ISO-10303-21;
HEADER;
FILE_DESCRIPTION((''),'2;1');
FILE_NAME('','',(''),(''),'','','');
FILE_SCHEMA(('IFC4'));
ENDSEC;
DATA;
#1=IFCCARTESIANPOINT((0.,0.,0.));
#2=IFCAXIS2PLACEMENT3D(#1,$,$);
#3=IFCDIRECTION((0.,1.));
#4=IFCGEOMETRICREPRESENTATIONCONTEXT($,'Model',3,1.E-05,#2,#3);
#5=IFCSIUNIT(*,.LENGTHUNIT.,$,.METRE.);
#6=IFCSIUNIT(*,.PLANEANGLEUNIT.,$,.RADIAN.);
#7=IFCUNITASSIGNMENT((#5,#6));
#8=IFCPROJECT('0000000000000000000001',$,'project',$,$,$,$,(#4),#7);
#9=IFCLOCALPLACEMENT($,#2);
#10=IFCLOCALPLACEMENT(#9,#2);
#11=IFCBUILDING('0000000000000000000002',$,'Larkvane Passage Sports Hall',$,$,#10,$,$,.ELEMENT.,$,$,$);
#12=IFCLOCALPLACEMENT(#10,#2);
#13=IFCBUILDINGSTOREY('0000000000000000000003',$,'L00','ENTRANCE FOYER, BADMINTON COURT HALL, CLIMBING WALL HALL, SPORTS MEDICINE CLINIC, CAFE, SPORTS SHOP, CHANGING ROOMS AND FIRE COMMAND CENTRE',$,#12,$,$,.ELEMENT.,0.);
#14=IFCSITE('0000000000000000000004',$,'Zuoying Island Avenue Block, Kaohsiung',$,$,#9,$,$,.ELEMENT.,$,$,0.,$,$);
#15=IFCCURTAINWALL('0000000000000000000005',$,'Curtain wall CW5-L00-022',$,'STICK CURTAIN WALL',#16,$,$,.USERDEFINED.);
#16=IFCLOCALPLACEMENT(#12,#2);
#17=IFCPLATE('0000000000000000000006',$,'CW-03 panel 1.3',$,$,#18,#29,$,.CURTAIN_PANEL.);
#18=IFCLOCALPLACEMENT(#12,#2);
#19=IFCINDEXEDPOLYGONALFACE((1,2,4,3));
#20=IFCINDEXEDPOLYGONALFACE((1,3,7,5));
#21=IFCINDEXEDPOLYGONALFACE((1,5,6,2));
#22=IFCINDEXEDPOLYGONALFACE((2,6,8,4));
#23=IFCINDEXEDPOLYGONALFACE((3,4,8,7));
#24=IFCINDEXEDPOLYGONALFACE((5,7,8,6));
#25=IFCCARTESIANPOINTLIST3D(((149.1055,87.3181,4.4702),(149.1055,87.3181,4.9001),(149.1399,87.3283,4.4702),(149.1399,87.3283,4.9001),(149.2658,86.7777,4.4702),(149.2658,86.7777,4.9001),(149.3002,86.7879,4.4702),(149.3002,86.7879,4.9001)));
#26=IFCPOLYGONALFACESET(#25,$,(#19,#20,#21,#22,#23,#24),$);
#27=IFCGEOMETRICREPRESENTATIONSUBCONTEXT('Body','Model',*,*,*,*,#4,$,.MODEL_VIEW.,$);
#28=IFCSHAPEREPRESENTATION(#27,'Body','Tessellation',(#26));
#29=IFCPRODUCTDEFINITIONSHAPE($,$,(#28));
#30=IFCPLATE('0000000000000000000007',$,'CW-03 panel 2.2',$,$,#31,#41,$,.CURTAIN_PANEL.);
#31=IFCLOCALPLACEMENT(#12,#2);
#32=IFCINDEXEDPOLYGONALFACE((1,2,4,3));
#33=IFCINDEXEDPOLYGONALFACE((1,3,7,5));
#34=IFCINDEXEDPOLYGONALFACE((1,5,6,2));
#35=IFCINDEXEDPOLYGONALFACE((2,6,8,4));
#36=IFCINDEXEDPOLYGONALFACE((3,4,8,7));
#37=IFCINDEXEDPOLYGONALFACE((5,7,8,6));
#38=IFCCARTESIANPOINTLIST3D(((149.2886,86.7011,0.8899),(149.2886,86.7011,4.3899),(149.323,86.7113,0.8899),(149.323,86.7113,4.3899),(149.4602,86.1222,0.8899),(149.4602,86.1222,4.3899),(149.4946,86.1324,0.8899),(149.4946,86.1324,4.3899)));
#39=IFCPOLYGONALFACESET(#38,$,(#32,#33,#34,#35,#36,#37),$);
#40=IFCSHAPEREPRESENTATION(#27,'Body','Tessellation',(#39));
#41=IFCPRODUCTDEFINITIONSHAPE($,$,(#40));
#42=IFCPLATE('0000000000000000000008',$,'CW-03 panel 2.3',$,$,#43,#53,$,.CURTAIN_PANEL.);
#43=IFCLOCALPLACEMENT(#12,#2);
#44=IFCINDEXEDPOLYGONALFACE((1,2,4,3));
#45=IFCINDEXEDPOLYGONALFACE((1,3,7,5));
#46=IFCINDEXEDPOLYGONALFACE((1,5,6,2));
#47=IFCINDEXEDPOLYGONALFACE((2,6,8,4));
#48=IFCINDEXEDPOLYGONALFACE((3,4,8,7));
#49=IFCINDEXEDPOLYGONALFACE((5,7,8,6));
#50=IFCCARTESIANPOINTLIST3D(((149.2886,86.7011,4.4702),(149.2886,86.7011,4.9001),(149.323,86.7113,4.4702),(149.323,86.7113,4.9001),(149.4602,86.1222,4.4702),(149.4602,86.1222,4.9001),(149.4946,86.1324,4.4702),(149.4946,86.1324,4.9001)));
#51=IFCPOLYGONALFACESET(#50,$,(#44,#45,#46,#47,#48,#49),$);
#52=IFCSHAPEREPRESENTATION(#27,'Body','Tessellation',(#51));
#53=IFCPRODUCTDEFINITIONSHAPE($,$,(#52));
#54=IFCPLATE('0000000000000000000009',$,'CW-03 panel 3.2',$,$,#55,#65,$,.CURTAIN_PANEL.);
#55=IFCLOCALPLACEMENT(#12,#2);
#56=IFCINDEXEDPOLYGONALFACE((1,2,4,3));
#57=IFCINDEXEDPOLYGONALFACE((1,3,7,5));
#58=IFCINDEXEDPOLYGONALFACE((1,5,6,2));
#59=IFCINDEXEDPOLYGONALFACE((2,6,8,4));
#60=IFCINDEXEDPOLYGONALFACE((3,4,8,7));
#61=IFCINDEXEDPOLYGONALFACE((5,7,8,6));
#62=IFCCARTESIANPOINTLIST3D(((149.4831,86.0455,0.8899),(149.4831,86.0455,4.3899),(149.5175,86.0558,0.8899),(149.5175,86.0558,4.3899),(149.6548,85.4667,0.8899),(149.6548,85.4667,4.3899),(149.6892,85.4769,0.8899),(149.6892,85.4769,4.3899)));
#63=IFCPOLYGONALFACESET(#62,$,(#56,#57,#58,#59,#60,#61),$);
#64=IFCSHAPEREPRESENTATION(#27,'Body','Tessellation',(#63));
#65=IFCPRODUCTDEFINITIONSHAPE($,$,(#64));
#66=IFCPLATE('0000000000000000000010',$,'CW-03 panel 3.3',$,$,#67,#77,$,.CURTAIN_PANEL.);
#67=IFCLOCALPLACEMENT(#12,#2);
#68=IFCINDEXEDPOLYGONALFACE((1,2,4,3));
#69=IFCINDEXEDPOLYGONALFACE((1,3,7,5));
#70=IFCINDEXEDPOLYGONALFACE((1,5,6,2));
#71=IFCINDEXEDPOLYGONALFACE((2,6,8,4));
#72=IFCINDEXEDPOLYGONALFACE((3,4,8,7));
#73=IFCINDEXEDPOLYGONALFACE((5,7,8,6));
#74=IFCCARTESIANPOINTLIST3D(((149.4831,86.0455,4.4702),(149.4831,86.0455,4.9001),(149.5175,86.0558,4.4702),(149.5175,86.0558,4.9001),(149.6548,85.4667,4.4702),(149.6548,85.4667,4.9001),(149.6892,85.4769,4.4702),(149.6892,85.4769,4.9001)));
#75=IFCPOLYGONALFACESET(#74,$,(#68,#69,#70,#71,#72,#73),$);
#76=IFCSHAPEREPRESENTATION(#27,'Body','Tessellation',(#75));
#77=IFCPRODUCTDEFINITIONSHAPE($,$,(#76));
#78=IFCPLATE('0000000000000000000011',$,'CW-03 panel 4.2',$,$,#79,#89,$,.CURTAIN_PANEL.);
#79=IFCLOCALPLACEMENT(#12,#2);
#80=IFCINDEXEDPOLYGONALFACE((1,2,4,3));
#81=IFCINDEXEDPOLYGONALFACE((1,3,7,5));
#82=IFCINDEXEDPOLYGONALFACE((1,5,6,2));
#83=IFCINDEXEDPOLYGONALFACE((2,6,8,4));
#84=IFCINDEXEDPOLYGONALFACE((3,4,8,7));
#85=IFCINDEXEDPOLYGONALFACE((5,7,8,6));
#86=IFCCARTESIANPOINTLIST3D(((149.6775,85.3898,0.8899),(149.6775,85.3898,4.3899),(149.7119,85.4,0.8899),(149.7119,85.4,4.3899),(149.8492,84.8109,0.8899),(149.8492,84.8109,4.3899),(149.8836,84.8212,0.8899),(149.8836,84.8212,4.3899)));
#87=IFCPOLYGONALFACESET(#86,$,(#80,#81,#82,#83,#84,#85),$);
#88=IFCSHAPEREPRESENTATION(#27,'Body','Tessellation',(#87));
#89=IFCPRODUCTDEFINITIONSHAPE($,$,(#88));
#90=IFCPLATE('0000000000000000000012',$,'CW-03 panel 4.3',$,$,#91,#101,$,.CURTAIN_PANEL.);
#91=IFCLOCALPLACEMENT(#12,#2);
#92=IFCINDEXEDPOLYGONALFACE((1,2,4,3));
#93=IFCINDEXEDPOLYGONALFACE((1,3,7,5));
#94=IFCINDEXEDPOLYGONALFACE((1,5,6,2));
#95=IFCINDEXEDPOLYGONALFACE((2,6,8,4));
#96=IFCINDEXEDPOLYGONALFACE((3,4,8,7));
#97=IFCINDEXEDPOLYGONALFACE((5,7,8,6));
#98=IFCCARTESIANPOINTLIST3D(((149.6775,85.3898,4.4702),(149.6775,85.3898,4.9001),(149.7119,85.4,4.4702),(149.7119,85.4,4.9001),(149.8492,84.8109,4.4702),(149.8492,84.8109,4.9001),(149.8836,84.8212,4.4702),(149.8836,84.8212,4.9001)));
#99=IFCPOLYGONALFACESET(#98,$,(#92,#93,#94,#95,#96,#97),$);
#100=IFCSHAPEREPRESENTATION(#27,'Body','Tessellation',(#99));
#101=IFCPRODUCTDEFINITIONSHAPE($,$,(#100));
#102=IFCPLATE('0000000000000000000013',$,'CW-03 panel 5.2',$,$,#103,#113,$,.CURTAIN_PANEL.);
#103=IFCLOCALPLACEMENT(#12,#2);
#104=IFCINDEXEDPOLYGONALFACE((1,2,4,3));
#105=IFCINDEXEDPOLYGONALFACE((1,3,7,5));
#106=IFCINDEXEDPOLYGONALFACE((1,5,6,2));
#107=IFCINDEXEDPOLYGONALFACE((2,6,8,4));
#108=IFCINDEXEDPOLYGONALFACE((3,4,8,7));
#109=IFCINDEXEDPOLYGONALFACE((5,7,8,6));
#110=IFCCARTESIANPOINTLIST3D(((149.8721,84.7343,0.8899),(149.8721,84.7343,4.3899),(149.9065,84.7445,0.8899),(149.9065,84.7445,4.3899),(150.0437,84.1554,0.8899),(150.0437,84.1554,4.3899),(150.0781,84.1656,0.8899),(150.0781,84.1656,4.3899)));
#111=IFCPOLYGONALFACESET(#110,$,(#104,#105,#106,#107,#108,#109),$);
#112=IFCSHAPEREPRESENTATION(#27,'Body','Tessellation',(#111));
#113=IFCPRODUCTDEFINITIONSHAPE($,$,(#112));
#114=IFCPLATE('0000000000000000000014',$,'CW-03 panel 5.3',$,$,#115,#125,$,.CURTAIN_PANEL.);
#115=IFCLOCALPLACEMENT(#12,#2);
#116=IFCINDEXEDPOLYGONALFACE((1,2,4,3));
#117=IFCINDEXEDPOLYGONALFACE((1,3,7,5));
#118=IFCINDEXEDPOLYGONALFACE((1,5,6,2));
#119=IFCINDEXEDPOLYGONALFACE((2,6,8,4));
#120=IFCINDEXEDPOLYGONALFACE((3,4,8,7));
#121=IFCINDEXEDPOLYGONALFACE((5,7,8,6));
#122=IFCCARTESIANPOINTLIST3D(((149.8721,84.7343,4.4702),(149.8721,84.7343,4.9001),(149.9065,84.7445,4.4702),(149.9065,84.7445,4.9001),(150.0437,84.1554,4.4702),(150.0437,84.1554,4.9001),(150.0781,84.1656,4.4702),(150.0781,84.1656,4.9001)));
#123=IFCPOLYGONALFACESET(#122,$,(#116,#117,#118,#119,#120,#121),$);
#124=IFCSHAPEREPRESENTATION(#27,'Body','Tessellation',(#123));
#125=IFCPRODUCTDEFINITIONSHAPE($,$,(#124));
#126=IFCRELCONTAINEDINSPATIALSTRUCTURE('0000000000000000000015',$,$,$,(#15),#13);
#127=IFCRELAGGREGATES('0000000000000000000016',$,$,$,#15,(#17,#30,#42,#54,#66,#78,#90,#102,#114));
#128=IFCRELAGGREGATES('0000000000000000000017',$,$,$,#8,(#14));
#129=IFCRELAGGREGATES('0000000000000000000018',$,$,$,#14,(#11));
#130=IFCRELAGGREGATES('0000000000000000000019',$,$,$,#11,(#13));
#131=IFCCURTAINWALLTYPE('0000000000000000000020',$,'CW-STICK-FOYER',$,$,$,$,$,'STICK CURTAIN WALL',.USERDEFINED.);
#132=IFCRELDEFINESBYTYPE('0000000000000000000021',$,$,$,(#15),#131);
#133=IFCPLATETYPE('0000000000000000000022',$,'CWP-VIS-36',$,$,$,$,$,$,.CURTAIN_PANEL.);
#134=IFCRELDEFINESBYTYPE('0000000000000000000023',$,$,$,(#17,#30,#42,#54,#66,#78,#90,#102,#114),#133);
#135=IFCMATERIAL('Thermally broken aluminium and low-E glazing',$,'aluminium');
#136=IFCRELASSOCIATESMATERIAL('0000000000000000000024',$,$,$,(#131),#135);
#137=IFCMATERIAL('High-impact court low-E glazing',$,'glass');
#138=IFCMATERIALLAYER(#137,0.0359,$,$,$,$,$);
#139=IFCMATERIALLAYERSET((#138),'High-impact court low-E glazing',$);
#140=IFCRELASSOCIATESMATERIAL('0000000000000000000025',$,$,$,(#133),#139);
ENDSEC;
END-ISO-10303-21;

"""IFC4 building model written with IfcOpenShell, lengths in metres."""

from ifc_helpers import new_model, si_unit, direction, frame, origin, origin_2d, place, context, subcontext, project, spatial, rectangle, extrude, material, layer, layer_set, type_object, element, aggregate, save


model = new_model("IFC4")

# Units and contexts
model_context = context("Model", 3, precision=1e-05, world=origin(), true_north=direction((0.0, 1.0)))
body_context = subcontext(model_context, "Body", "Model", "MODEL_VIEW")
ifc_project = project(units=[si_unit("LENGTHUNIT", "METRE"), si_unit("PLANEANGLEUNIT", "RADIAN")], contexts=[model_context])

# Site, building, storey
site_placement = place(None, origin())
site = spatial("IfcSite", under=ifc_project, at=site_placement, Name="Zuoying Island Avenue Block, Kaohsiung", CompositionType="ELEMENT", RefElevation=0.0)
building_placement = place(site_placement, origin())
building = spatial("IfcBuilding", under=site, at=building_placement, Name="Larkvane Passage Sports Hall", CompositionType="ELEMENT")
storey_placement = place(building_placement, origin())
storey = spatial("IfcBuildingStorey", under=building, at=storey_placement, Name="L00", Description="ENTRANCE FOYER, BADMINTON COURT HALL, CLIMBING WALL HALL, SPORTS MEDICINE CLINIC, CAFE, SPORTS SHOP, CHANGING ROOMS AND FIRE COMMAND CENTRE", CompositionType="ELEMENT", Elevation=0.0)

# Curtain wall, plates
ifc_material_1 = material(Name="Thermally broken aluminium and low-E glazing", Category="aluminium")
curtain_wall_type = type_object("IfcCurtainWallType", Name="CW-STICK-FOYER", ElementType="STICK CURTAIN WALL", PredefinedType="USERDEFINED", material=ifc_material_1)
curtain_wall_placement = place(storey_placement, origin())
curtain_wall = element("IfcCurtainWall", 1, at=curtain_wall_placement, inside=storey, type_object=curtain_wall_type, Name="Curtain wall CW5-L00-022", ObjectType="STICK CURTAIN WALL", PredefinedType="USERDEFINED")
ifc_material_2 = material(Name="High-impact court low-E glazing", Category="glass")
ifc_layer = layer(ifc_material_2, 0.0359)
ifc_layer_set = layer_set([ifc_layer], Name="High-impact court low-E glazing")
plate_type = type_object("IfcPlateType", Name="CWP-VIS-36", PredefinedType="CURTAIN_PANEL", material=ifc_layer_set)
plate_1_placement = place(storey_placement, frame((149.2029, 87.053, 4.4702), z_axis=(0.0, 0.0, 1.0), x_axis=(0.284365, -0.958716, 0.0)))
plate_1 = element("IfcPlate", 2, at=plate_1_placement, type_object=plate_type, Name="CW-03 panel 1.3", PredefinedType="CURTAIN_PANEL", context=body_context, shape_type="SweptSolid", body=[
    extrude(rectangle(XDim=0.5637, YDim=0.0359, at=origin_2d()), origin(), (0.0, 0.0, 1.0), 0.4299),
])
plate_2_placement = place(storey_placement, frame((149.3916, 86.4167, 0.8899), z_axis=(0.0, 0.0, 1.0), x_axis=(0.284365, -0.958716, 0.0)))
plate_2 = element("IfcPlate", 3, at=plate_2_placement, type_object=plate_type, Name="CW-03 panel 2.2", PredefinedType="CURTAIN_PANEL", context=body_context, shape_type="SweptSolid", body=[
    extrude(rectangle(XDim=0.6038, YDim=0.0359, at=origin_2d()), origin(), (0.0, 0.0, 1.0), 3.5),
])
plate_3_placement = place(storey_placement, frame((149.3916, 86.4167, 4.4702), z_axis=(0.0, 0.0, 1.0), x_axis=(0.284365, -0.958716, 0.0)))
plate_3 = element("IfcPlate", 4, at=plate_3_placement, type_object=plate_type, Name="CW-03 panel 2.3", PredefinedType="CURTAIN_PANEL", context=body_context, shape_type="SweptSolid", body=[
    extrude(rectangle(XDim=0.6038, YDim=0.0359, at=origin_2d()), origin(), (0.0, 0.0, 1.0), 0.4299),
])
plate_4_placement = place(storey_placement, frame((149.5862, 85.7612, 0.8899), z_axis=(0.0, 0.0, 1.0), x_axis=(0.284365, -0.958716, 0.0)))
plate_4 = element("IfcPlate", 5, at=plate_4_placement, type_object=plate_type, Name="CW-03 panel 3.2", PredefinedType="CURTAIN_PANEL", context=body_context, shape_type="SweptSolid", body=[
    extrude(rectangle(XDim=0.6038, YDim=0.0359, at=origin_2d()), origin(), (0.0, 0.0, 1.0), 3.5),
])
plate_5_placement = place(storey_placement, frame((149.5862, 85.7612, 4.4702), z_axis=(0.0, 0.0, 1.0), x_axis=(0.284365, -0.958716, 0.0)))
plate_5 = element("IfcPlate", 6, at=plate_5_placement, type_object=plate_type, Name="CW-03 panel 3.3", PredefinedType="CURTAIN_PANEL", context=body_context, shape_type="SweptSolid", body=[
    extrude(rectangle(XDim=0.6038, YDim=0.0359, at=origin_2d()), origin(), (0.0, 0.0, 1.0), 0.4299),
])
plate_6_placement = place(storey_placement, frame((149.7805, 85.1055, 0.8899), z_axis=(0.0, 0.0, 1.0), x_axis=(0.284365, -0.958716, 0.0)))
plate_6 = element("IfcPlate", 7, at=plate_6_placement, type_object=plate_type, Name="CW-03 panel 4.2", PredefinedType="CURTAIN_PANEL", context=body_context, shape_type="SweptSolid", body=[
    extrude(rectangle(XDim=0.6038, YDim=0.0359, at=origin_2d()), origin(), (0.0, 0.0, 1.0), 3.5),
])
plate_7_placement = place(storey_placement, frame((149.7805, 85.1055, 4.4702), z_axis=(0.0, 0.0, 1.0), x_axis=(0.284365, -0.958716, 0.0)))
plate_7 = element("IfcPlate", 8, at=plate_7_placement, type_object=plate_type, Name="CW-03 panel 4.3", PredefinedType="CURTAIN_PANEL", context=body_context, shape_type="SweptSolid", body=[
    extrude(rectangle(XDim=0.6038, YDim=0.0359, at=origin_2d()), origin(), (0.0, 0.0, 1.0), 0.4299),
])
plate_8_placement = place(storey_placement, frame((149.9751, 84.45, 0.8899), z_axis=(0.0, 0.0, 1.0), x_axis=(0.284365, -0.958716, 0.0)))
plate_8 = element("IfcPlate", 9, at=plate_8_placement, type_object=plate_type, Name="CW-03 panel 5.2", PredefinedType="CURTAIN_PANEL", context=body_context, shape_type="SweptSolid", body=[
    extrude(rectangle(XDim=0.6038, YDim=0.0359, at=origin_2d()), origin(), (0.0, 0.0, 1.0), 3.5),
])
plate_9_placement = place(storey_placement, frame((149.9751, 84.45, 4.4702), z_axis=(0.0, 0.0, 1.0), x_axis=(0.284365, -0.958716, 0.0)))
plate_9 = element("IfcPlate", 10, at=plate_9_placement, type_object=plate_type, Name="CW-03 panel 5.3", PredefinedType="CURTAIN_PANEL", context=body_context, shape_type="SweptSolid", body=[
    extrude(rectangle(XDim=0.6038, YDim=0.0359, at=origin_2d()), origin(), (0.0, 0.0, 1.0), 0.4299),
])
aggregate(curtain_wall, [plate_1, plate_2, plate_3, plate_4, plate_5, plate_6, plate_7, plate_8, plate_9])

save(model, "model.ifc")
